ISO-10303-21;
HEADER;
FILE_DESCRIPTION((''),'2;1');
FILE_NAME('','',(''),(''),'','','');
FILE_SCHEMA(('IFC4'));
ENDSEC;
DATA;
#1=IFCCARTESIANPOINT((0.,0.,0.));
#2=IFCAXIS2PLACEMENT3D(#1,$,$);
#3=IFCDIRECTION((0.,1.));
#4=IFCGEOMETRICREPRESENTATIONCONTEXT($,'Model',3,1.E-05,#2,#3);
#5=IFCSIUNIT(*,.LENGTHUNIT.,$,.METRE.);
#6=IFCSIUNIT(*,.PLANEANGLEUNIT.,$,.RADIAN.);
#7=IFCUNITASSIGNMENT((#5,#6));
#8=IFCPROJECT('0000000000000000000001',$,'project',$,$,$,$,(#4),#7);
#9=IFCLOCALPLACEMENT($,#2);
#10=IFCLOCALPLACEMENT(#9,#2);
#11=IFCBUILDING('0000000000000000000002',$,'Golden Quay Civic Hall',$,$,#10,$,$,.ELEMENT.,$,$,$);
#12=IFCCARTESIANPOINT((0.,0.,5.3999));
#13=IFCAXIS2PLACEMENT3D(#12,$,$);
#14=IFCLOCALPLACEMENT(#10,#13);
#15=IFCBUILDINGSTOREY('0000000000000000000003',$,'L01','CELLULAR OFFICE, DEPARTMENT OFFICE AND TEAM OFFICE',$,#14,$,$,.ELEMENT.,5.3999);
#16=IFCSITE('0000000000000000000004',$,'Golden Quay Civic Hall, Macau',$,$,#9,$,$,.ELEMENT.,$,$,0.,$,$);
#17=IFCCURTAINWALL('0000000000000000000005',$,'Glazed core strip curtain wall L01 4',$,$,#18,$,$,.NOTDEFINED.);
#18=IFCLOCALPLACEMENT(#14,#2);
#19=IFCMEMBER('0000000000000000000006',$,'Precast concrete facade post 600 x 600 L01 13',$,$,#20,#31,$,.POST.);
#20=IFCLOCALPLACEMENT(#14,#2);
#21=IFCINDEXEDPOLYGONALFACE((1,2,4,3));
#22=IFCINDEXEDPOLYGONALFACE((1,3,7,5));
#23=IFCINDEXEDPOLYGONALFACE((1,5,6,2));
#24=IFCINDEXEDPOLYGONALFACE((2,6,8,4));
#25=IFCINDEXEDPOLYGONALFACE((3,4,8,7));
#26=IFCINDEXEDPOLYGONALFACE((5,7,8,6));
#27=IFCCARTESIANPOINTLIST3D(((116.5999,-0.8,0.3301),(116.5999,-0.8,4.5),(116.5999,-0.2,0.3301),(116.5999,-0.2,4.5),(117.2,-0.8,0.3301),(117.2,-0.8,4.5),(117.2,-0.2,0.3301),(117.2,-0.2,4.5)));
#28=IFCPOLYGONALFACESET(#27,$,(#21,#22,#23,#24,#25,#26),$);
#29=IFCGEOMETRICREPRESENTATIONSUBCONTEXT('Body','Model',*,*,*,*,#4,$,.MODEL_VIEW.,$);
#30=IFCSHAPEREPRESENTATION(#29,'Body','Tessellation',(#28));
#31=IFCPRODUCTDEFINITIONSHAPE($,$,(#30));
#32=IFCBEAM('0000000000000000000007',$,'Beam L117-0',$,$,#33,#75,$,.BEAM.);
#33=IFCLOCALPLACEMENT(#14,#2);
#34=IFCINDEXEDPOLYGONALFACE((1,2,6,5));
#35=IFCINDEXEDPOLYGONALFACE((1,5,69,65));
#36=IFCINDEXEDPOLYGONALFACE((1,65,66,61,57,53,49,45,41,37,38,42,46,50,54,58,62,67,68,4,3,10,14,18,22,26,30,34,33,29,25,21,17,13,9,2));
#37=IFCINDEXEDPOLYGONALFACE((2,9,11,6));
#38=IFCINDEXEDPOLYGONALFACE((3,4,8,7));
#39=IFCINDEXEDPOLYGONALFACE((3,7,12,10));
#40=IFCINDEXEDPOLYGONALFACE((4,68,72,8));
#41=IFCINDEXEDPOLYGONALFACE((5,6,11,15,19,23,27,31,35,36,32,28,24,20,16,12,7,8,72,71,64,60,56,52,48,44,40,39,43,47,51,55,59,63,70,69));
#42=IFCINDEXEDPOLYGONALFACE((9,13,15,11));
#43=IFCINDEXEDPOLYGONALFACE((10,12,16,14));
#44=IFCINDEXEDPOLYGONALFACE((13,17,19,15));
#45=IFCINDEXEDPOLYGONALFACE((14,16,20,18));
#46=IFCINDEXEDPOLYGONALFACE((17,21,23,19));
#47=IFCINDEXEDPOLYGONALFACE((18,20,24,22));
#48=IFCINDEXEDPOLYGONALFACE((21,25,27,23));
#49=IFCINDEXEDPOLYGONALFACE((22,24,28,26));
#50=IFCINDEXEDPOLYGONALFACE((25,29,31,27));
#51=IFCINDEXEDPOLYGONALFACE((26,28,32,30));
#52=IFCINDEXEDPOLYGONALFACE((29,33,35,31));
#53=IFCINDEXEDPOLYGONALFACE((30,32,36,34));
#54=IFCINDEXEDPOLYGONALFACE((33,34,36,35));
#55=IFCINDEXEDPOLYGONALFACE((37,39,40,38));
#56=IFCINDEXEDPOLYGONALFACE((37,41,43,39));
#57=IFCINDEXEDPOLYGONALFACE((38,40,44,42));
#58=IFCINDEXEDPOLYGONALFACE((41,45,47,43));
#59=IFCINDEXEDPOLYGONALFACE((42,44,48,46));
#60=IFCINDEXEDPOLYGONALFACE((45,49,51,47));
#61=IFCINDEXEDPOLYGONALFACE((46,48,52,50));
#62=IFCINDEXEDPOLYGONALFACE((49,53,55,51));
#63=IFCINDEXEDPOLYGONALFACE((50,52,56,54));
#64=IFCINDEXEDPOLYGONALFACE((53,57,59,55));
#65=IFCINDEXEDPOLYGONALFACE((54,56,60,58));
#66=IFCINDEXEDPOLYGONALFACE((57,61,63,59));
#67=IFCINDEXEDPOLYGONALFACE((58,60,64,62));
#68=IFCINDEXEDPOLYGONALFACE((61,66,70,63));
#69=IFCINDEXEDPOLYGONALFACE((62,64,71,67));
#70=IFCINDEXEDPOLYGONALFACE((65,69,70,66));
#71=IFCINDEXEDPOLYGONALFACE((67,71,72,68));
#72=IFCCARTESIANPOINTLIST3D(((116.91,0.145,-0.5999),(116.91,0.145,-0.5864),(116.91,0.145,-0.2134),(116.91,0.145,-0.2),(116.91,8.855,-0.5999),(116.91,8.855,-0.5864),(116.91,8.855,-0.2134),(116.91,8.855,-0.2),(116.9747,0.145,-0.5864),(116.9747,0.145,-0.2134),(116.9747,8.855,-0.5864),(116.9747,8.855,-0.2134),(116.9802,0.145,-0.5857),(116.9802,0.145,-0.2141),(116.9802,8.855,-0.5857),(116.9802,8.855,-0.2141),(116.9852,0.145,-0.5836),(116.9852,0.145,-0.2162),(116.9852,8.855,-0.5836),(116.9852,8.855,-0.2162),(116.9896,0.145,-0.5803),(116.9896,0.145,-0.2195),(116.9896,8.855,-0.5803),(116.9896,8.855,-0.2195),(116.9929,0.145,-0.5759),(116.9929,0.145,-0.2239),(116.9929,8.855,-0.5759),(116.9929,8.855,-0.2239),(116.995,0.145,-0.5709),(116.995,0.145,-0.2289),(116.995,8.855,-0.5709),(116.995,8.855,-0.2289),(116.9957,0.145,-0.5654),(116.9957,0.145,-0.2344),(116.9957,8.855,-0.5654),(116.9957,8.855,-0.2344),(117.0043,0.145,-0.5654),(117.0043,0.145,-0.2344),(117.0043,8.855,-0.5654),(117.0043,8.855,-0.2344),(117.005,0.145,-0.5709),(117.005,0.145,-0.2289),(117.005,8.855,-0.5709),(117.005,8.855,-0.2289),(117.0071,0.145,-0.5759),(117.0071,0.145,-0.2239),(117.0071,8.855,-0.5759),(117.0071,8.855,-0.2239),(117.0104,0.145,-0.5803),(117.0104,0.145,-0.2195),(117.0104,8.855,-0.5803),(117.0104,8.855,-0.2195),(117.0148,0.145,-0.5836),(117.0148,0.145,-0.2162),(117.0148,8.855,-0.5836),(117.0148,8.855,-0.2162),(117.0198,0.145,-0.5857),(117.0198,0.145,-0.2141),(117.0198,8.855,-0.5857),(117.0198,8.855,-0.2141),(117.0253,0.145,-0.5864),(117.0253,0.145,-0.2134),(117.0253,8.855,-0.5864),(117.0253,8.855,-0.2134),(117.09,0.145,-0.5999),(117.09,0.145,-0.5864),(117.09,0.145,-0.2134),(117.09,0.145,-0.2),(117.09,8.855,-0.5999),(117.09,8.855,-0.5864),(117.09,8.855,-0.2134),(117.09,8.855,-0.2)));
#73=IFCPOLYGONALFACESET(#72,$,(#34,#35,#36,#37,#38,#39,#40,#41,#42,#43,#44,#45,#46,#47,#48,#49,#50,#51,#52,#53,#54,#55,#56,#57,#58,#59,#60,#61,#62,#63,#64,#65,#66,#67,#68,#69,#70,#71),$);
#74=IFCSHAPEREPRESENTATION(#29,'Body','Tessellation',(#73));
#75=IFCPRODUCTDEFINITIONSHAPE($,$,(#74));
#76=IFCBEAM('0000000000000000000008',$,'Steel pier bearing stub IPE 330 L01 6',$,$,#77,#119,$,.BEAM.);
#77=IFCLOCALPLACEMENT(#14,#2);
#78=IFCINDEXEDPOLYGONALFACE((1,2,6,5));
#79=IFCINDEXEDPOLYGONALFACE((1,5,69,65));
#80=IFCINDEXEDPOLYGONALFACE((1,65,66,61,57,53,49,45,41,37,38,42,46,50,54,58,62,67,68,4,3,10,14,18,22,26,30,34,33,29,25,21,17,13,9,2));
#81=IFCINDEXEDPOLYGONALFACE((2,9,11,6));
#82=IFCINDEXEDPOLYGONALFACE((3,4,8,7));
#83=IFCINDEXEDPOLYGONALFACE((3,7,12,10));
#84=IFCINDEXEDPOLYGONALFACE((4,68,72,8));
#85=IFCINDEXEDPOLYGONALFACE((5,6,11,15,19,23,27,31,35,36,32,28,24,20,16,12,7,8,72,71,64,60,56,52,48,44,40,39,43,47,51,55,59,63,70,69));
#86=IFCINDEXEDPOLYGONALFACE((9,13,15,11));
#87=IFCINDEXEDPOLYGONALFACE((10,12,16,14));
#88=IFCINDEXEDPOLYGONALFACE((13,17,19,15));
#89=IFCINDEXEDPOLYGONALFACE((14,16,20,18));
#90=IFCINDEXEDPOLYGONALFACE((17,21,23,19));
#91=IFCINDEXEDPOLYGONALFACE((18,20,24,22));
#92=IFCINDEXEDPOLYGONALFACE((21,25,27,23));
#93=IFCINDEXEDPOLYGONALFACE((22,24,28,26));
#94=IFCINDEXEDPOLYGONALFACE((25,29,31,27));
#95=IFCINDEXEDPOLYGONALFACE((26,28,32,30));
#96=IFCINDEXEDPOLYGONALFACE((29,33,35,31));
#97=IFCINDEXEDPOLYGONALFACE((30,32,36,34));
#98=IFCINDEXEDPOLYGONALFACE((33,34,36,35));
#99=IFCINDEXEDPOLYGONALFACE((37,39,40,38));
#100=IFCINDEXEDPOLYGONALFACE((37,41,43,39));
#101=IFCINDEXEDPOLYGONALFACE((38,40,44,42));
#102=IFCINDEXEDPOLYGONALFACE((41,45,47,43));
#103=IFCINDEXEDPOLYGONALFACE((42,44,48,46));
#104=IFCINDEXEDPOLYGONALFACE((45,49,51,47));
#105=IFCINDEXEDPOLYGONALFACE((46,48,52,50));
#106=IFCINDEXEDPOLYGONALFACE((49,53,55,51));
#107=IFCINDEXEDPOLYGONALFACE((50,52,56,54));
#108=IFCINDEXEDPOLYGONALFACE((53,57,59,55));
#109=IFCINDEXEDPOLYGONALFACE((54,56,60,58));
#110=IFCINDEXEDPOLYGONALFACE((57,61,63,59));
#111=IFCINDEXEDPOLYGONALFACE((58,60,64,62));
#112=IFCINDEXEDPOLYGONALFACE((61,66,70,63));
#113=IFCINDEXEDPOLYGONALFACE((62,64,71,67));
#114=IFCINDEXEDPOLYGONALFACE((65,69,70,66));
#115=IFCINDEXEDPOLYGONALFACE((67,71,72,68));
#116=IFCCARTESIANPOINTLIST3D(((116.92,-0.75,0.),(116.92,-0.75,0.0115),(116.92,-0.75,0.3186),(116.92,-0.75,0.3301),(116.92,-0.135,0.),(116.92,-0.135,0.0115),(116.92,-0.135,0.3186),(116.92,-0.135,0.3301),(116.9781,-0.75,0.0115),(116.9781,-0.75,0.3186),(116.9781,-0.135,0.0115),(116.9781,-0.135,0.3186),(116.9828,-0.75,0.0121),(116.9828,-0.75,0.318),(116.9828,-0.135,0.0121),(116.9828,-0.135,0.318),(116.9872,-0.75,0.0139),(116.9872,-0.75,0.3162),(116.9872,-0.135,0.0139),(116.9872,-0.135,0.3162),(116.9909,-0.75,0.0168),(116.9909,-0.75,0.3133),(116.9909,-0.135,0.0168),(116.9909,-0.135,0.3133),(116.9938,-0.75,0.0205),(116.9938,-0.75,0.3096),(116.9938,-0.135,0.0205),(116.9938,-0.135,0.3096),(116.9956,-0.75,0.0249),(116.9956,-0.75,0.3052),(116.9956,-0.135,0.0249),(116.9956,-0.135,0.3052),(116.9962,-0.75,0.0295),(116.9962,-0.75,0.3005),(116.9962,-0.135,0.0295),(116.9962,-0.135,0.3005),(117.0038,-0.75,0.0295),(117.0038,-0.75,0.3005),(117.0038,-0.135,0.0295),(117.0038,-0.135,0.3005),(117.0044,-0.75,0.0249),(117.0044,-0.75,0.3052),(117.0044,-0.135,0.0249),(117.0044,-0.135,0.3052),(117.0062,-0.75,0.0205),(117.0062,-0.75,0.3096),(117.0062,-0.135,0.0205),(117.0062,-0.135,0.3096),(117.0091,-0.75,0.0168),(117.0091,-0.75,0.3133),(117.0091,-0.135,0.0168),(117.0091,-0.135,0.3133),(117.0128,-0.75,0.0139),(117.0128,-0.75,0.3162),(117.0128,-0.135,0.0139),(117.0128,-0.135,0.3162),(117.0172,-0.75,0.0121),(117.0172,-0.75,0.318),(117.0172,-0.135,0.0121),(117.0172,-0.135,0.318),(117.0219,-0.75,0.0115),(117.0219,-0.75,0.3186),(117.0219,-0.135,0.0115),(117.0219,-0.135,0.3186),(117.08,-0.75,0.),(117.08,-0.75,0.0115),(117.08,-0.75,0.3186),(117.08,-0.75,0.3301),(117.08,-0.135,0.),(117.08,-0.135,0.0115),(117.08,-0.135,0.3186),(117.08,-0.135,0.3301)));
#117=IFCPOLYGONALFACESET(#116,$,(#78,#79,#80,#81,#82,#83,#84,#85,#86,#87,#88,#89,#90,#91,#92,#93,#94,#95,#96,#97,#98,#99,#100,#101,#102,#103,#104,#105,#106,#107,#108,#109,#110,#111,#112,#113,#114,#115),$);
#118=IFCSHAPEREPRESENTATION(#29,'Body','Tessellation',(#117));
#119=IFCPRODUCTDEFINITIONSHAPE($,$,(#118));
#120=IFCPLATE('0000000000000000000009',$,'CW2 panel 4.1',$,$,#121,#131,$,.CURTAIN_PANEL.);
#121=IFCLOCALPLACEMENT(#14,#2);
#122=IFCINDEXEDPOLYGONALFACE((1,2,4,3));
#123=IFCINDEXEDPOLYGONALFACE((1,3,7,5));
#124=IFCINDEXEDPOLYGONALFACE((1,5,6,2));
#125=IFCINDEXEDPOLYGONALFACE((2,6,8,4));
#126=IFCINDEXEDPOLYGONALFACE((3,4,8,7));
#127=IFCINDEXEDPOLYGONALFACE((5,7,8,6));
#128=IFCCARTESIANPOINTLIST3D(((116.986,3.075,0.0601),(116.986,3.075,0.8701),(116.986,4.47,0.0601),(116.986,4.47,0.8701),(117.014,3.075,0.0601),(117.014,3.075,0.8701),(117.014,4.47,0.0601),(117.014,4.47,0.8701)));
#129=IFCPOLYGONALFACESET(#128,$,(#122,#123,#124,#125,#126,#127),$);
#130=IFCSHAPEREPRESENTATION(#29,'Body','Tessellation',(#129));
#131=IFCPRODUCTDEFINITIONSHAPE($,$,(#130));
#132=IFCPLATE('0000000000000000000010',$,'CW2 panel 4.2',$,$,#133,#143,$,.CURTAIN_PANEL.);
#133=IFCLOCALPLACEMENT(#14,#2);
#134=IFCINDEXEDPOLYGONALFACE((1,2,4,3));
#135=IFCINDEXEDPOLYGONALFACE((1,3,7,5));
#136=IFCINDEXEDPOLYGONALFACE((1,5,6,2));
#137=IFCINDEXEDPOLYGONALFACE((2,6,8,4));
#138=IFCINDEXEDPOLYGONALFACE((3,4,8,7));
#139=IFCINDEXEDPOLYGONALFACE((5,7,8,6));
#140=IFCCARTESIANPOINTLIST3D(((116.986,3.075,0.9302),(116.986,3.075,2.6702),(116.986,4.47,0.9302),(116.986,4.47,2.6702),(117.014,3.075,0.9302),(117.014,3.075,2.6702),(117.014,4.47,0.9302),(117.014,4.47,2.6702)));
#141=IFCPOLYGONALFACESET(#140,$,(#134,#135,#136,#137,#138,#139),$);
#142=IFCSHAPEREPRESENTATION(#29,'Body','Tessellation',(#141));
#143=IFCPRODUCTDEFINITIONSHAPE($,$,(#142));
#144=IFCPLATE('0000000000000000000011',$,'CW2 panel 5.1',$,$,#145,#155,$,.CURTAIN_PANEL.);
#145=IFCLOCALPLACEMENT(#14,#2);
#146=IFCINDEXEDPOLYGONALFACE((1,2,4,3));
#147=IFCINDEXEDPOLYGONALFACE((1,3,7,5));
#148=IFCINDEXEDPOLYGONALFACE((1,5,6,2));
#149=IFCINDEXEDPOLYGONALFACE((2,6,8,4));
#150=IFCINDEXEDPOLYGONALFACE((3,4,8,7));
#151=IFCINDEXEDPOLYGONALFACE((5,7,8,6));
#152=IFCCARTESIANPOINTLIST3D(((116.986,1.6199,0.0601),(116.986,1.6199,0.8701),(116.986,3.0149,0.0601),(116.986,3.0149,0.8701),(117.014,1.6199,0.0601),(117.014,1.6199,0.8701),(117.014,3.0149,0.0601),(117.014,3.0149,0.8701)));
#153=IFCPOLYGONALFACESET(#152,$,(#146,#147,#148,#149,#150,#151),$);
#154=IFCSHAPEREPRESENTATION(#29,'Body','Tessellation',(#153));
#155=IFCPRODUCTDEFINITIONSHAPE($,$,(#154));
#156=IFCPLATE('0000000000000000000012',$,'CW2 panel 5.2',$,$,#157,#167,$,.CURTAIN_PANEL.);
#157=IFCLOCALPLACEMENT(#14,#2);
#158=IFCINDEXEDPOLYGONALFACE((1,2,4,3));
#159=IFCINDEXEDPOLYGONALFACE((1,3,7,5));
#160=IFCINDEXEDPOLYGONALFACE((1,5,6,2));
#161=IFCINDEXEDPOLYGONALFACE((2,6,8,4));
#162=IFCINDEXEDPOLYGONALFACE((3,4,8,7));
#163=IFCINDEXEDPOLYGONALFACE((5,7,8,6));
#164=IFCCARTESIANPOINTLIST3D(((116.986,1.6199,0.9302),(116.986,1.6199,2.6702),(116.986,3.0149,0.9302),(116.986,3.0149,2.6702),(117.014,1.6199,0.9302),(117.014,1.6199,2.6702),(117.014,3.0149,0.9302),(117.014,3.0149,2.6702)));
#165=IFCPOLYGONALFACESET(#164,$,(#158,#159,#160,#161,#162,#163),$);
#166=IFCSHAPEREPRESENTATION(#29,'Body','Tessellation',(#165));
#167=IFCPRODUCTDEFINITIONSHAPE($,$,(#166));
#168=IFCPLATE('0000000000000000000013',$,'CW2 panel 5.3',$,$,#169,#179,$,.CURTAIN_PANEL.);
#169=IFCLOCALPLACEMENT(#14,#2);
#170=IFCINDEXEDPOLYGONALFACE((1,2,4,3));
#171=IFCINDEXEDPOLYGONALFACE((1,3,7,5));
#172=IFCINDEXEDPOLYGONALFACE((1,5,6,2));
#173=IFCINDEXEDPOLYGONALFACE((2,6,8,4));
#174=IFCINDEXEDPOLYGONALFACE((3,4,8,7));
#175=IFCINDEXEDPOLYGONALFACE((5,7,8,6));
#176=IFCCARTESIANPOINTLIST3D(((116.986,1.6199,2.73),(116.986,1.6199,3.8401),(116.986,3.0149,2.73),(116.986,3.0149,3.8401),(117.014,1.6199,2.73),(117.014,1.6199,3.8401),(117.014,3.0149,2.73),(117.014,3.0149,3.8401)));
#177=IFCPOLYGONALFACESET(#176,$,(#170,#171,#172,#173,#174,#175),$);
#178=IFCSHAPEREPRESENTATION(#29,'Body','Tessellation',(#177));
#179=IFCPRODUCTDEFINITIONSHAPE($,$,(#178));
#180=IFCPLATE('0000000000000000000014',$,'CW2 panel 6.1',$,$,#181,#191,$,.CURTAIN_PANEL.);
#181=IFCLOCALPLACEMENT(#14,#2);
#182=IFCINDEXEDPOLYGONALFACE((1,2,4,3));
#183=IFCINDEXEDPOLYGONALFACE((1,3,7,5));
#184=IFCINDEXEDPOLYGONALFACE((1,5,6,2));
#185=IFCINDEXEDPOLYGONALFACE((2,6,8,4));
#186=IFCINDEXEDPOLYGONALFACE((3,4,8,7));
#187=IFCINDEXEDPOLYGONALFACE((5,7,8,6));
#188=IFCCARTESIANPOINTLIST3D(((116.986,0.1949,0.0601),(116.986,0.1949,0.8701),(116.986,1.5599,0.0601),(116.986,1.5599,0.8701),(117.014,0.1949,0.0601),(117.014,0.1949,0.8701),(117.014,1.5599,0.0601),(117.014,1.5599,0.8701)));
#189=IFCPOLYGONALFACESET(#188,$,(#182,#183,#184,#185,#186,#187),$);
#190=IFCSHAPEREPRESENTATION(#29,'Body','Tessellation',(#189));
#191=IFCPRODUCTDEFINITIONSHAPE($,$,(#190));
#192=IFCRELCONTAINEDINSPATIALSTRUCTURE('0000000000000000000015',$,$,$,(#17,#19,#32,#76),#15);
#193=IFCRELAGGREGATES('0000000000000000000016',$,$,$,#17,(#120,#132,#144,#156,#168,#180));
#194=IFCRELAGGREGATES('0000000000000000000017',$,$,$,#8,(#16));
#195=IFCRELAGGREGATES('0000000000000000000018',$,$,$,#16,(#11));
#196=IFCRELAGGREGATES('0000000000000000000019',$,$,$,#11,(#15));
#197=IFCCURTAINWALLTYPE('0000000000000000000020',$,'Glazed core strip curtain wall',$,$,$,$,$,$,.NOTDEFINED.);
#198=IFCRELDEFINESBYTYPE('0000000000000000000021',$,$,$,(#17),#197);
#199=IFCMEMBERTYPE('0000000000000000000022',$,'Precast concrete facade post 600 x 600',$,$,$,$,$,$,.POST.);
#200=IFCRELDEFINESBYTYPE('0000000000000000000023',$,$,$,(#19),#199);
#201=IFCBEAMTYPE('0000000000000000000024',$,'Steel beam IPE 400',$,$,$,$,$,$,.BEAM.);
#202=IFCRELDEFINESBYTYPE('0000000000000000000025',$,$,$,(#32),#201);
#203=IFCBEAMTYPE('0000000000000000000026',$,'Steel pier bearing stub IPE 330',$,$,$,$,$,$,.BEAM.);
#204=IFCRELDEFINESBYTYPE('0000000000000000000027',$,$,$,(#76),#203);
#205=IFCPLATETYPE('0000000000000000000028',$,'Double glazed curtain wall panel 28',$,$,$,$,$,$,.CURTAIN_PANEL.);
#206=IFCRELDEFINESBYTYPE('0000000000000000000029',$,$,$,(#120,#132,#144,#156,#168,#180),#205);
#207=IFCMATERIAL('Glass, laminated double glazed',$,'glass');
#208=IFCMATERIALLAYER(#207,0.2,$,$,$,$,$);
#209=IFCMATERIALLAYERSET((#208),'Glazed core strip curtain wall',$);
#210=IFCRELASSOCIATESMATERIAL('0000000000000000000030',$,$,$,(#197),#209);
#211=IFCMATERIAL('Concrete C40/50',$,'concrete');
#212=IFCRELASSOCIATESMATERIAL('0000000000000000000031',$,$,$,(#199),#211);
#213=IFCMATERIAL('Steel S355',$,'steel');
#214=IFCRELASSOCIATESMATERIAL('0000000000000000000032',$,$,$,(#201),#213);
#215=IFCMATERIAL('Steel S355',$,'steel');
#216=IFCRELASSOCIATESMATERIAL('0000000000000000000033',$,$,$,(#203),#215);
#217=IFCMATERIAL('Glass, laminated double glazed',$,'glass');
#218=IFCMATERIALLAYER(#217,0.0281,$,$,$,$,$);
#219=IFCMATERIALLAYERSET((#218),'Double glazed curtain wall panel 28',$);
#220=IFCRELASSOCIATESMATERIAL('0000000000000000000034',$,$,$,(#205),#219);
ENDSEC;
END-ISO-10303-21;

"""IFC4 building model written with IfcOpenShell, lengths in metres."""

from ifc_helpers import new_model, si_unit, direction, frame, origin, origin_2d, place, context, subcontext, project, spatial, rectangle, i_section, extrude, material, layer, layer_set, material_profile, profile_set, type_object, element, aggregate, save


model = new_model("IFC4")

# Units and contexts
model_context = context("Model", 3, precision=1e-05, world=origin(), true_north=direction((0.0, 1.0)))
body_context = subcontext(model_context, "Body", "Model", "MODEL_VIEW")
ifc_project = project(units=[si_unit("LENGTHUNIT", "METRE"), si_unit("PLANEANGLEUNIT", "RADIAN")], contexts=[model_context])

# Site, building, storey
site_placement = place(None, origin())
site = spatial("IfcSite", under=ifc_project, at=site_placement, Name="Golden Quay Civic Hall, Macau", CompositionType="ELEMENT", RefElevation=0.0)
building_placement = place(site_placement, origin())
building = spatial("IfcBuilding", under=site, at=building_placement, Name="Golden Quay Civic Hall", CompositionType="ELEMENT")
storey_placement = place(building_placement, frame((0.0, 0.0, 5.3999)))
storey = spatial("IfcBuildingStorey", under=building, at=storey_placement, Name="L01", Description="CELLULAR OFFICE, DEPARTMENT OFFICE AND TEAM OFFICE", CompositionType="ELEMENT", Elevation=5.3999)

# Curtain wall
ifc_material_1 = material(Name="Glass, laminated double glazed", Category="glass")
ifc_layer_1 = layer(ifc_material_1, 0.2)
ifc_layer_set_1 = layer_set([ifc_layer_1], Name="Glazed core strip curtain wall")
curtain_wall_type = type_object("IfcCurtainWallType", Name="Glazed core strip curtain wall", PredefinedType="NOTDEFINED", material=ifc_layer_set_1)
curtain_wall_placement = place(storey_placement, origin())
curtain_wall = element("IfcCurtainWall", 1, at=curtain_wall_placement, inside=storey, type_object=curtain_wall_type, Name="Glazed core strip curtain wall L01 4", PredefinedType="NOTDEFINED")

# Member
ifc_material_2 = material(Name="Concrete C40/50", Category="concrete")
ifc_material_profile_1 = material_profile(ifc_material_2, rectangle(XDim=0.6001, YDim=0.6001, at=origin_2d()), Name="RC 600x600")
ifc_profile_set_1 = profile_set([ifc_material_profile_1], Name="Concrete C40/50")
member_type_1 = type_object("IfcMemberType", Name="Precast concrete facade post 600 x 600", PredefinedType="POST", material=ifc_profile_set_1)
member_1_placement = place(storey_placement, frame((116.8999, -0.5, 0.3301), z_axis=(0.0, 0.0, 1.0), x_axis=(1.0, 0.0, 0.0)))
element("IfcMember", 2, at=member_1_placement, inside=storey, type_object=member_type_1, Name="Precast concrete facade post 600 x 600 L01 13", PredefinedType="POST", context=body_context, shape_type="SweptSolid", body=[
    extrude(rectangle(XDim=0.6001, YDim=0.6001, at=origin_2d()), origin(), (0.0, 0.0, 1.0), 4.1699),
])

# Beams
ifc_material_3 = material(Name="Steel S355", Category="steel")
ifc_material_profile_2 = material_profile(ifc_material_3, i_section(OverallWidth=0.1799, OverallDepth=0.3999, WebThickness=0.0085, FlangeThickness=0.0134, FilletRadius=0.021, at=origin_2d()), Name="IPE 400")
ifc_profile_set_2 = profile_set([ifc_material_profile_2], Name="Steel S355")
beam_type_1 = type_object("IfcBeamType", Name="Steel beam IPE 400", PredefinedType="BEAM", material=ifc_profile_set_2)
beam_1_placement = place(storey_placement, frame((117.0, 0.145, -0.3999), z_axis=(0.0, 1.0, 0.0), x_axis=(-1.0, 0.0, 0.0)))
element("IfcBeam", 3, at=beam_1_placement, inside=storey, type_object=beam_type_1, Name="Beam L117-0", PredefinedType="BEAM", context=body_context, shape_type="SweptSolid", body=[
    extrude(i_section(OverallWidth=0.1799, OverallDepth=0.3999, WebThickness=0.0085, FlangeThickness=0.0134, FilletRadius=0.021, at=origin_2d()), origin(), (0.0, 0.0, 1.0), 8.71),
])
ifc_material_4 = material(Name="Steel S355", Category="steel")
ifc_material_profile_3 = material_profile(ifc_material_4, i_section(OverallWidth=0.1599, OverallDepth=0.3301, WebThickness=0.0076, FlangeThickness=0.0115, FilletRadius=0.0181, at=origin_2d()), Name="IPE 330")
ifc_profile_set_3 = profile_set([ifc_material_profile_3], Name="Steel S355")
beam_type_2 = type_object("IfcBeamType", Name="Steel pier bearing stub IPE 330", PredefinedType="BEAM", material=ifc_profile_set_3)
beam_2_placement = place(storey_placement, frame((117.0, -0.135, 0.165), z_axis=(0.0, -1.0, 0.0), x_axis=(1.0, 0.0, 0.0)))
element("IfcBeam", 4, at=beam_2_placement, inside=storey, type_object=beam_type_2, Name="Steel pier bearing stub IPE 330 L01 6", PredefinedType="BEAM", context=body_context, shape_type="SweptSolid", body=[
    extrude(i_section(OverallWidth=0.1599, OverallDepth=0.3301, WebThickness=0.0076, FlangeThickness=0.0115, FilletRadius=0.0181, at=origin_2d()), origin(), (0.0, 0.0, 1.0), 0.615),
])

# Plates
ifc_material_5 = material(Name="Glass, laminated double glazed", Category="glass")
ifc_layer_2 = layer(ifc_material_5, 0.0281)
ifc_layer_set_2 = layer_set([ifc_layer_2], Name="Double glazed curtain wall panel 28")
plate_type = type_object("IfcPlateType", Name="Double glazed curtain wall panel 28", PredefinedType="CURTAIN_PANEL", material=ifc_layer_set_2)
plate_1_placement = place(storey_placement, frame((117.0, 3.7725, 0.0601), z_axis=(0.0, 0.0, 1.0), x_axis=(0.0, -1.0, 0.0)))
plate_1 = element("IfcPlate", 5, at=plate_1_placement, type_object=plate_type, Name="CW2 panel 4.1", PredefinedType="CURTAIN_PANEL", context=body_context, shape_type="SweptSolid", body=[
    extrude(rectangle(XDim=1.395, YDim=0.0281, at=origin_2d()), origin(), (0.0, 0.0, 1.0), 0.8101),
])
plate_2_placement = place(storey_placement, frame((117.0, 3.7725, 0.9302), z_axis=(0.0, 0.0, 1.0), x_axis=(0.0, -1.0, 0.0)))
plate_2 = element("IfcPlate", 6, at=plate_2_placement, type_object=plate_type, Name="CW2 panel 4.2", PredefinedType="CURTAIN_PANEL", context=body_context, shape_type="SweptSolid", body=[
    extrude(rectangle(XDim=1.395, YDim=0.0281, at=origin_2d()), origin(), (0.0, 0.0, 1.0), 1.74),
])
plate_3_placement = place(storey_placement, frame((117.0, 2.3174, 0.0601), z_axis=(0.0, 0.0, 1.0), x_axis=(0.0, -1.0, 0.0)))
plate_3 = element("IfcPlate", 7, at=plate_3_placement, type_object=plate_type, Name="CW2 panel 5.1", PredefinedType="CURTAIN_PANEL", context=body_context, shape_type="SweptSolid", body=[
    extrude(rectangle(XDim=1.395, YDim=0.0281, at=origin_2d()), origin(), (0.0, 0.0, 1.0), 0.8101),
])
plate_4_placement = place(storey_placement, frame((117.0, 2.3174, 0.9302), z_axis=(0.0, 0.0, 1.0), x_axis=(0.0, -1.0, 0.0)))
plate_4 = element("IfcPlate", 8, at=plate_4_placement, type_object=plate_type, Name="CW2 panel 5.2", PredefinedType="CURTAIN_PANEL", context=body_context, shape_type="SweptSolid", body=[
    extrude(rectangle(XDim=1.395, YDim=0.0281, at=origin_2d()), origin(), (0.0, 0.0, 1.0), 1.74),
])
plate_5_placement = place(storey_placement, frame((117.0, 2.3174, 2.73), z_axis=(0.0, 0.0, 1.0), x_axis=(0.0, -1.0, 0.0)))
plate_5 = element("IfcPlate", 9, at=plate_5_placement, type_object=plate_type, Name="CW2 panel 5.3", PredefinedType="CURTAIN_PANEL", context=body_context, shape_type="SweptSolid", body=[
    extrude(rectangle(XDim=1.395, YDim=0.0281, at=origin_2d()), origin(), (0.0, 0.0, 1.0), 1.1101),
])
plate_6_placement = place(storey_placement, frame((117.0, 0.8774, 0.0601), z_axis=(0.0, 0.0, 1.0), x_axis=(0.0, -1.0, 0.0)))
plate_6 = element("IfcPlate", 10, at=plate_6_placement, type_object=plate_type, Name="CW2 panel 6.1", PredefinedType="CURTAIN_PANEL", context=body_context, shape_type="SweptSolid", body=[
    extrude(rectangle(XDim=1.365, YDim=0.0281, at=origin_2d()), origin(), (0.0, 0.0, 1.0), 0.8101),
])
aggregate(curtain_wall, [plate_1, plate_2, plate_3, plate_4, plate_5, plate_6])

save(model, "model.ifc")
